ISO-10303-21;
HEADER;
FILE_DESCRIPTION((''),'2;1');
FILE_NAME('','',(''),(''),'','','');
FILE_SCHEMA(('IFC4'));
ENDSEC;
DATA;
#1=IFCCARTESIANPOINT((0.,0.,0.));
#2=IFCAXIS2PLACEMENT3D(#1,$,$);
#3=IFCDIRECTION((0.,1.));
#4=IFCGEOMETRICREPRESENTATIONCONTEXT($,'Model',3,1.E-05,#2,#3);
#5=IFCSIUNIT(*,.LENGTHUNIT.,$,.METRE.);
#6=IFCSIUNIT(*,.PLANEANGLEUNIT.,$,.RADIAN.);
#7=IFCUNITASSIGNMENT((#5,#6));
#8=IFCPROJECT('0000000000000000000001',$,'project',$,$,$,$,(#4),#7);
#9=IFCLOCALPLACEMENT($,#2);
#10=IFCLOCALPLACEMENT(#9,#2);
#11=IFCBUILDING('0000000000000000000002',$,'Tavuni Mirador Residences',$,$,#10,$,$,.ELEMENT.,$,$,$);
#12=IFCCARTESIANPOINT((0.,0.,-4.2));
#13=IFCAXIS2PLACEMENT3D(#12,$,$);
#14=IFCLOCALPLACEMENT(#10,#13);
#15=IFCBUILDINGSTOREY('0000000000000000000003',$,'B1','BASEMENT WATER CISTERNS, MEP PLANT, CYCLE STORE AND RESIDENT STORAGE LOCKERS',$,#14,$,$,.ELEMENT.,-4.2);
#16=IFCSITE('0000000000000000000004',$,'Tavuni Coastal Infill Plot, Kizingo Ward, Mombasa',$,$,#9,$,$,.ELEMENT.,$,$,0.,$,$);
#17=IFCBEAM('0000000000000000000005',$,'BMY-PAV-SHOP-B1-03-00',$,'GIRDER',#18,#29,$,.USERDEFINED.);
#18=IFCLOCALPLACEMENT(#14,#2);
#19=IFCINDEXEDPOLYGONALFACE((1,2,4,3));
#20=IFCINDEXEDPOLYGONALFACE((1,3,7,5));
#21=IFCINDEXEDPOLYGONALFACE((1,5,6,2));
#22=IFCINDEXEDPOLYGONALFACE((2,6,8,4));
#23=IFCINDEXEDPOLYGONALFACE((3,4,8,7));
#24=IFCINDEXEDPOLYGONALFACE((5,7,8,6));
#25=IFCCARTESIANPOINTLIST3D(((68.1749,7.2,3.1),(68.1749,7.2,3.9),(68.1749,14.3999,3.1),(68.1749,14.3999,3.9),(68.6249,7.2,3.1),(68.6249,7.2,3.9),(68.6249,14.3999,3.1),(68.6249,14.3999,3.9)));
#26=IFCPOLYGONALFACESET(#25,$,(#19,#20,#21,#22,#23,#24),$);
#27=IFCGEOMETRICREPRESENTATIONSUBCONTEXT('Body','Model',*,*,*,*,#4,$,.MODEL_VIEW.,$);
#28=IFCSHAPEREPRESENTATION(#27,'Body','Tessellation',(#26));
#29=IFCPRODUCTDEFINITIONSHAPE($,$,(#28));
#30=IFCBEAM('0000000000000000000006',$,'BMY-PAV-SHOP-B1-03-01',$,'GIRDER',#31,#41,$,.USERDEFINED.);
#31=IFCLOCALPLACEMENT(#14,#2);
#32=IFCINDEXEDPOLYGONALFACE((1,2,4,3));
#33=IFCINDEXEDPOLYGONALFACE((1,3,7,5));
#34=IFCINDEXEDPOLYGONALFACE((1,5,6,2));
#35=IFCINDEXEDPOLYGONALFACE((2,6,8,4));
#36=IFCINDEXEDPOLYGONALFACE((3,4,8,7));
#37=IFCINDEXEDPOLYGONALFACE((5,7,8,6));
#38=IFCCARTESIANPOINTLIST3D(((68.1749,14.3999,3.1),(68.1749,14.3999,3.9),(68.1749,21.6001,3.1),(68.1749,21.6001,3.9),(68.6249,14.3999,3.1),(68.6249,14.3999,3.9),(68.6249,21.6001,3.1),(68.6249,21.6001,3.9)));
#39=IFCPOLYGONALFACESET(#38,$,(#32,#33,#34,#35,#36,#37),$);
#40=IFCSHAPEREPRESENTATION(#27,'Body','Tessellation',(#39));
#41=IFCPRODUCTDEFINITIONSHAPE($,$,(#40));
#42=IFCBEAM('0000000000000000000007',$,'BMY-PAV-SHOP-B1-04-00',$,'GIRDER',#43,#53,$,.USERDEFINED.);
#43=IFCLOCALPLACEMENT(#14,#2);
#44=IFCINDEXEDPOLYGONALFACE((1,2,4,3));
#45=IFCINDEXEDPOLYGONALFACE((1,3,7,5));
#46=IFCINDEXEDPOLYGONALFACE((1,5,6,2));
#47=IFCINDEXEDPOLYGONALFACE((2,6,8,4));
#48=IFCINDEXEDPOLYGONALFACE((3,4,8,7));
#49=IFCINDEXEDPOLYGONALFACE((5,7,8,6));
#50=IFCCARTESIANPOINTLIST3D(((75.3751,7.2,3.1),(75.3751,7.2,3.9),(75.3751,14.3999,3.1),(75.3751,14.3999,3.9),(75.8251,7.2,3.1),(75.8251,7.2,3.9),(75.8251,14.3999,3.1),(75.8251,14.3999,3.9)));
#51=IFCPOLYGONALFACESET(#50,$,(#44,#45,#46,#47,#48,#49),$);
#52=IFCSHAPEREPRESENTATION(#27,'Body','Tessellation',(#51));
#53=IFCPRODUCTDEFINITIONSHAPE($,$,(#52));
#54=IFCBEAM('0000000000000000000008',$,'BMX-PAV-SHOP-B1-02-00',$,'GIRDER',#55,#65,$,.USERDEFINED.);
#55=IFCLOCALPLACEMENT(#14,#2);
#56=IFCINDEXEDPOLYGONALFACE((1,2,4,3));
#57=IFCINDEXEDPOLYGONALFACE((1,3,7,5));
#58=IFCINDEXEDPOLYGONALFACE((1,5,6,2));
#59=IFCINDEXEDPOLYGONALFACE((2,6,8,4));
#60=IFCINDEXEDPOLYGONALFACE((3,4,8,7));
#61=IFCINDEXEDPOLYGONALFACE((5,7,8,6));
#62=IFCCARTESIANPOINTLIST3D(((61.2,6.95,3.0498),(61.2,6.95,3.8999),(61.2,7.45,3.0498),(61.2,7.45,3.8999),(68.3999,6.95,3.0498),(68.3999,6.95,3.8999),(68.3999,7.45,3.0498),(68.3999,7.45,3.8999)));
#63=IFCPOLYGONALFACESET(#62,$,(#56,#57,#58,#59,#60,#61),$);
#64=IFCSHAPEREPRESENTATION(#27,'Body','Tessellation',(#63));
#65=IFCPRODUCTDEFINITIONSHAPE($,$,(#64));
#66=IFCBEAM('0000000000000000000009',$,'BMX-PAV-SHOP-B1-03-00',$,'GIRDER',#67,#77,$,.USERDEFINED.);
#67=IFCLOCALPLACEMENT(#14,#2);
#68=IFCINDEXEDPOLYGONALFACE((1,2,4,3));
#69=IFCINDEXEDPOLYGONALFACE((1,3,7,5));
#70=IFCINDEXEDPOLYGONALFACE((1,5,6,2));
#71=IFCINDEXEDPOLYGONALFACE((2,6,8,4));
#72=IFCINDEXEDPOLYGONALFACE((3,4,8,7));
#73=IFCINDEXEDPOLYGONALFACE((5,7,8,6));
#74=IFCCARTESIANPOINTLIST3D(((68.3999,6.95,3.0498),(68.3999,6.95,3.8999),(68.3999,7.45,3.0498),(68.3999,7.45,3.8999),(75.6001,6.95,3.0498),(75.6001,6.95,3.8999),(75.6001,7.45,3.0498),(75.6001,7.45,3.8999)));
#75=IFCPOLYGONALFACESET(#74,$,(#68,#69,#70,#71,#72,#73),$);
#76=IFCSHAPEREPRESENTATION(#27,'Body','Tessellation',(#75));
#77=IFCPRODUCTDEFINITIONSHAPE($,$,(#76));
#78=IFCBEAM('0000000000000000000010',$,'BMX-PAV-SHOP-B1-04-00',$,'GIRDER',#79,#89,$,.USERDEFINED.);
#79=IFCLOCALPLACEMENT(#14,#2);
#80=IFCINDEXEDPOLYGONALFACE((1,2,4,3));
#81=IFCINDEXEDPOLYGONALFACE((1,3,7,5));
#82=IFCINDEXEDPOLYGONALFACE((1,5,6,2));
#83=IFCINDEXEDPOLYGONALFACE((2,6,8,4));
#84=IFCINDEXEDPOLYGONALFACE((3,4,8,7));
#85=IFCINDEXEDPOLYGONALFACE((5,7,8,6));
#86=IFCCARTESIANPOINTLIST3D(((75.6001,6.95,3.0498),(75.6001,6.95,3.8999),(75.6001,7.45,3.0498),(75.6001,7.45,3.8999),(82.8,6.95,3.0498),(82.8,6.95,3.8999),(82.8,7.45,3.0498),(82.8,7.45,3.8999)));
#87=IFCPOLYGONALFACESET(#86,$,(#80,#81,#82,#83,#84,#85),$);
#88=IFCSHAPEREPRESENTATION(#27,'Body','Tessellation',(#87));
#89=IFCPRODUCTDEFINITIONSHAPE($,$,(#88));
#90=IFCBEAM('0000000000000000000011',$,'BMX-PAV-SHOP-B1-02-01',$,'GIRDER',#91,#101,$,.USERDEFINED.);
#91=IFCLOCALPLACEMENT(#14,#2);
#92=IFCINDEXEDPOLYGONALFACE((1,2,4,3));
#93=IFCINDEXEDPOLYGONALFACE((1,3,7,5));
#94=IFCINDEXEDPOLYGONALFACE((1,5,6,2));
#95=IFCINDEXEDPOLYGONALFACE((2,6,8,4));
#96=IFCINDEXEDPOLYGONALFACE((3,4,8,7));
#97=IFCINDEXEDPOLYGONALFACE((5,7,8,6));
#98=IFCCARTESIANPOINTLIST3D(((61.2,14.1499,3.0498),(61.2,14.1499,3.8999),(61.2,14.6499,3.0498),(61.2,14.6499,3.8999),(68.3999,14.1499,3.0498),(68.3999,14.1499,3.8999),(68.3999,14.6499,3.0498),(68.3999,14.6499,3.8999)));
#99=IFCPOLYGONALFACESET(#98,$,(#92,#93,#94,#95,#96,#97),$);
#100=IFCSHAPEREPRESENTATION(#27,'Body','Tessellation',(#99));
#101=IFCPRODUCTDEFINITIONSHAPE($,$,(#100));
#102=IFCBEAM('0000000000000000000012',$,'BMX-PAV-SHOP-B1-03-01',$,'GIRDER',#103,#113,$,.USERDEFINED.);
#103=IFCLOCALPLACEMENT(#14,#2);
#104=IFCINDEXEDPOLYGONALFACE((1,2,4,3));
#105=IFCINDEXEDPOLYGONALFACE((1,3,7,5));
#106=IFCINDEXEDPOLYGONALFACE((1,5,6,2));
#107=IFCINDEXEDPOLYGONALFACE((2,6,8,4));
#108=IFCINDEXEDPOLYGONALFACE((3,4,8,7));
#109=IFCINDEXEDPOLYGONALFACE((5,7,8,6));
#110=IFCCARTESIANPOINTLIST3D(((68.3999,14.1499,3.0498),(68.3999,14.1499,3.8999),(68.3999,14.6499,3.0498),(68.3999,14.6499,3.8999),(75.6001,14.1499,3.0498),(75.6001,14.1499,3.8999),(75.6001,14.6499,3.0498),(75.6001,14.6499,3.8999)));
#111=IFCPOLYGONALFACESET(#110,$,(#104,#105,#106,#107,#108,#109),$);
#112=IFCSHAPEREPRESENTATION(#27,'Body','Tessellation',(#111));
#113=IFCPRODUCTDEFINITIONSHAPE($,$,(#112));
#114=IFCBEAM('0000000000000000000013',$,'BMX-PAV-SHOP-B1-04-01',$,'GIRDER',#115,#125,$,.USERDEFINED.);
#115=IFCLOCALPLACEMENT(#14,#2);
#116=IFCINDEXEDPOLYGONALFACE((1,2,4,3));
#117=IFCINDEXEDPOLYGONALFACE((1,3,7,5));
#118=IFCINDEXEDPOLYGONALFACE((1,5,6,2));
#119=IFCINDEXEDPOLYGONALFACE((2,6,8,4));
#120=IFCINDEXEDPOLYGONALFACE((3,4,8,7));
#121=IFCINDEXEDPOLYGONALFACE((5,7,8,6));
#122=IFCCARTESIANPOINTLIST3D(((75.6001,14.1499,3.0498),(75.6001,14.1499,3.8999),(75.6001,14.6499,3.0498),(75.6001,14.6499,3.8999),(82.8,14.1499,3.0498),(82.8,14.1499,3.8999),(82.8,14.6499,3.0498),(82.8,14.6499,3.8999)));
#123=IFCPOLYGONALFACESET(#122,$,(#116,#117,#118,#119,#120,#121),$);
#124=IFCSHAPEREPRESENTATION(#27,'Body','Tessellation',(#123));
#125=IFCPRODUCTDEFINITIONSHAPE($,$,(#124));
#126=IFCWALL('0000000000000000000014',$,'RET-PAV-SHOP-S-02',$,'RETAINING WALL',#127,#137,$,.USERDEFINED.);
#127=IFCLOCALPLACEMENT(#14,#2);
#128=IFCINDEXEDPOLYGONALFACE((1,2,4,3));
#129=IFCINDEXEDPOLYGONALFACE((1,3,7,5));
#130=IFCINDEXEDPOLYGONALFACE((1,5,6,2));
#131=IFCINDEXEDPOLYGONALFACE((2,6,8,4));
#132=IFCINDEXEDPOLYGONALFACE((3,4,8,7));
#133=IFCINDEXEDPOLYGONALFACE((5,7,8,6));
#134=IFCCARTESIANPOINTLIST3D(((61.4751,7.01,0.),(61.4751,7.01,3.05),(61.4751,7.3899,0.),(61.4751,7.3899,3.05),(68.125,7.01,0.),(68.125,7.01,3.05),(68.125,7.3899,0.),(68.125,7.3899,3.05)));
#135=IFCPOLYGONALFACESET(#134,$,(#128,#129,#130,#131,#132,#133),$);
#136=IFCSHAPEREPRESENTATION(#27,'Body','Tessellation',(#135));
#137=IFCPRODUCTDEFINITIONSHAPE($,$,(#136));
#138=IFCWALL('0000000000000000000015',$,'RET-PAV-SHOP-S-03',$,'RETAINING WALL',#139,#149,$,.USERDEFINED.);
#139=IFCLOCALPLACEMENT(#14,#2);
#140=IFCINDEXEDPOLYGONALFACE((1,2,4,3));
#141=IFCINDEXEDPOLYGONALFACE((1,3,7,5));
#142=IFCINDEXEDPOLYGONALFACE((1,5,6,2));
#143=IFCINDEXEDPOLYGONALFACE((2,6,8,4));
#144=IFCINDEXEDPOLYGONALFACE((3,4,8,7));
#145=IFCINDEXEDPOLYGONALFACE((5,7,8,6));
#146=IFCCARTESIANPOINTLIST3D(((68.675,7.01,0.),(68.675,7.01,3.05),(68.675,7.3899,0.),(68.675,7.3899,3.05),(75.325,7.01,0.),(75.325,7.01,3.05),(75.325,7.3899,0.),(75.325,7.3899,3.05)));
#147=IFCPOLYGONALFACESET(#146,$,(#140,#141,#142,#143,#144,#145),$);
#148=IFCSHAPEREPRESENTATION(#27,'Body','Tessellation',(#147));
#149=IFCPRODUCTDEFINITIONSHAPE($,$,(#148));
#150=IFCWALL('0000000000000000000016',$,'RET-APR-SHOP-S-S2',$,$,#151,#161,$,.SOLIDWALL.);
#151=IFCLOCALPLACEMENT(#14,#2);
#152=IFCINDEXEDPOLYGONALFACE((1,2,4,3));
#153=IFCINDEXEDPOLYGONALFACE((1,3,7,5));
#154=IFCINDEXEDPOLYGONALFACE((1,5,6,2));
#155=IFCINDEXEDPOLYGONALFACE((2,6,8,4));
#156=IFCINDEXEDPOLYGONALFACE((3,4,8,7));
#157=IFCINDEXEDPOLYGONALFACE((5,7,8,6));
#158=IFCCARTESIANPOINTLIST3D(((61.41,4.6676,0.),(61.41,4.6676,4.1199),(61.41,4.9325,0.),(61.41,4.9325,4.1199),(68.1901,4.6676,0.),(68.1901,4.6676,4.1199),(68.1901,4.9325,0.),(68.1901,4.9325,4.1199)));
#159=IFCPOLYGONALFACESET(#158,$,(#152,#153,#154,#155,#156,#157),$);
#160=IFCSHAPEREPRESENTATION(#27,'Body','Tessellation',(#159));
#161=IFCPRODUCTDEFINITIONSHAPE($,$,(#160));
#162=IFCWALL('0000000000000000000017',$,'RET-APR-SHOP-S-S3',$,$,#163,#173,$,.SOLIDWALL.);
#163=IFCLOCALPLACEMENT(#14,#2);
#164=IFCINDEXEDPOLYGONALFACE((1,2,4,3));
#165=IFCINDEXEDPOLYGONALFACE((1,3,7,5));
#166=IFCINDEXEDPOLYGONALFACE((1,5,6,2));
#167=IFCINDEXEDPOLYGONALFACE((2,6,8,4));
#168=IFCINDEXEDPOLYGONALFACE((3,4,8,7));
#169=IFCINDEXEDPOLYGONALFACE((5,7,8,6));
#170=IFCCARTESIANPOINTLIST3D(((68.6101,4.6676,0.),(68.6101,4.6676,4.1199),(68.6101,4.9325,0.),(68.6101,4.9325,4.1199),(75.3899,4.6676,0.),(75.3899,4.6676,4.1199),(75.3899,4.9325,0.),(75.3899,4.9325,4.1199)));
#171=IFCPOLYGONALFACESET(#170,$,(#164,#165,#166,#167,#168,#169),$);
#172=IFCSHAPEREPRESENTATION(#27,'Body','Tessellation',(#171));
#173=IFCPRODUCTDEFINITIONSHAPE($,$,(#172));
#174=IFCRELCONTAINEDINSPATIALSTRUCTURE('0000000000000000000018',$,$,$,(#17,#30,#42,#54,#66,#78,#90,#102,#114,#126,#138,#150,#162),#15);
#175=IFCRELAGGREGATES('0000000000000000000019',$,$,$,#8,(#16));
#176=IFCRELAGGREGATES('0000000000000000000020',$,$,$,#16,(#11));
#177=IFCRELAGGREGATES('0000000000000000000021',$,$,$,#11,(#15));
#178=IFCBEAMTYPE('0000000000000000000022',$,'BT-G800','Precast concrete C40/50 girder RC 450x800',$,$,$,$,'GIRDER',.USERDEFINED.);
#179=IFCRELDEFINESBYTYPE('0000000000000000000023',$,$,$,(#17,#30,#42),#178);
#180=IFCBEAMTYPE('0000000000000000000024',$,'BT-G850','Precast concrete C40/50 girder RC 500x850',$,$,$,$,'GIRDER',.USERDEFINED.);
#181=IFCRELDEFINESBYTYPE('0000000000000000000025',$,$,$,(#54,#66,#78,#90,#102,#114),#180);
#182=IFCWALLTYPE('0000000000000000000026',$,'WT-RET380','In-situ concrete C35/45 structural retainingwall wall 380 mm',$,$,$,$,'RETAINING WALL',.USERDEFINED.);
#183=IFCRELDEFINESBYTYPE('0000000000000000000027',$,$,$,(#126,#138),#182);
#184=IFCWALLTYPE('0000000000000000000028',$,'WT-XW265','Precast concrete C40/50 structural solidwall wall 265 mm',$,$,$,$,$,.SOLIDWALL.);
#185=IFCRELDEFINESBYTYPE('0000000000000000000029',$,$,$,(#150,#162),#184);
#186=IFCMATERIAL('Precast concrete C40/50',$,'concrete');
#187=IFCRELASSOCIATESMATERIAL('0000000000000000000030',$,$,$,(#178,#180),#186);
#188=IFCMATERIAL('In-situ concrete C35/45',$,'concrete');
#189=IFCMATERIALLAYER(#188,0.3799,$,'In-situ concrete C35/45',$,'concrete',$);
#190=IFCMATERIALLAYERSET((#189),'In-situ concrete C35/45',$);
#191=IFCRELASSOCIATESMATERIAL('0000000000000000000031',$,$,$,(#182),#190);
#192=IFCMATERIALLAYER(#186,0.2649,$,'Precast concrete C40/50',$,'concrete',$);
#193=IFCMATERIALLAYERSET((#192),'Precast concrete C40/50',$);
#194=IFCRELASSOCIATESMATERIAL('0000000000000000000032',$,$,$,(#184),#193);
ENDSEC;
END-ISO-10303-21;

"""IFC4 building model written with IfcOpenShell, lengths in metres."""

from ifc_helpers import new_model, si_unit, direction, frame, frame_2d, origin, origin_2d, place, context, subcontext, project, spatial, rectangle, extrude, material, layer, layer_set, material_profile, profile_set, type_object, element, save


model = new_model("IFC4")

# Units and contexts
model_context = context("Model", 3, precision=1e-05, world=origin(), true_north=direction((0.0, 1.0)))
body_context = subcontext(model_context, "Body", "Model", "MODEL_VIEW")
ifc_project = project(units=[si_unit("LENGTHUNIT", "METRE"), si_unit("PLANEANGLEUNIT", "RADIAN")], contexts=[model_context])

# Site, building, storey
site_placement = place(None, origin())
site = spatial("IfcSite", under=ifc_project, at=site_placement, Name="Tavuni Coastal Infill Plot, Kizingo Ward, Mombasa", CompositionType="ELEMENT", RefElevation=0.0)
building_placement = place(site_placement, origin())
building = spatial("IfcBuilding", under=site, at=building_placement, Name="Tavuni Mirador Residences", CompositionType="ELEMENT")
storey_placement = place(building_placement, frame((0.0, 0.0, -4.2)))
storey = spatial("IfcBuildingStorey", under=building, at=storey_placement, Name="B1", Description="BASEMENT WATER CISTERNS, MEP PLANT, CYCLE STORE AND RESIDENT STORAGE LOCKERS", CompositionType="ELEMENT", Elevation=-4.2)

# Shared definitions
ifc_material_1 = material(Name="In-situ concrete C35/45", Category="concrete")

# Shared definitions
ifc_material_2 = material(Name="Precast concrete C40/50", Category="concrete")

# Beams
ifc_material_profile_1 = material_profile(ifc_material_2, rectangle(XDim=0.45, YDim=0.8, at=origin_2d()), Name="RC 450x800", Category="concrete")
ifc_profile_set_1 = profile_set([ifc_material_profile_1], Name="Precast concrete C40/50")
beam_type_1 = type_object("IfcBeamType", Name="BT-G800", Description="Precast concrete C40/50 girder RC 450x800", ElementType="GIRDER", PredefinedType="USERDEFINED", material=ifc_profile_set_1)
beam_1_placement = place(storey_placement, frame((68.3999, 7.2, 3.5), z_axis=(0.0, 1.0, 0.0), x_axis=(-1.0, 0.0, 0.0)))
element("IfcBeam", 1, at=beam_1_placement, inside=storey, type_object=beam_type_1, Name="BMY-PAV-SHOP-B1-03-00", ObjectType="GIRDER", PredefinedType="USERDEFINED", context=body_context, shape_type="SweptSolid", body=[
    extrude(rectangle(XDim=0.45, YDim=0.8, at=origin_2d()), origin(), (0.0, 0.0, 1.0), 7.2),
])
beam_2_placement = place(storey_placement, frame((68.3999, 14.3999, 3.5), z_axis=(0.0, 1.0, 0.0), x_axis=(-1.0, 0.0, 0.0)))
element("IfcBeam", 2, at=beam_2_placement, inside=storey, type_object=beam_type_1, Name="BMY-PAV-SHOP-B1-03-01", ObjectType="GIRDER", PredefinedType="USERDEFINED", context=body_context, shape_type="SweptSolid", body=[
    extrude(rectangle(XDim=0.45, YDim=0.8, at=origin_2d()), origin(), (0.0, 0.0, 1.0), 7.2002),
])
beam_3_placement = place(storey_placement, frame((75.6001, 7.2, 3.5), z_axis=(0.0, 1.0, 0.0), x_axis=(-1.0, 0.0, 0.0)))
element("IfcBeam", 3, at=beam_3_placement, inside=storey, type_object=beam_type_1, Name="BMY-PAV-SHOP-B1-04-00", ObjectType="GIRDER", PredefinedType="USERDEFINED", context=body_context, shape_type="SweptSolid", body=[
    extrude(rectangle(XDim=0.45, YDim=0.8, at=origin_2d()), origin(), (0.0, 0.0, 1.0), 7.2),
])
ifc_material_profile_2 = material_profile(ifc_material_2, rectangle(XDim=0.5, YDim=0.8501, at=origin_2d()), Name="RC 500x850", Category="concrete")
ifc_profile_set_2 = profile_set([ifc_material_profile_2], Name="Precast concrete C40/50")
beam_type_2 = type_object("IfcBeamType", Name="BT-G850", Description="Precast concrete C40/50 girder RC 500x850", ElementType="GIRDER", PredefinedType="USERDEFINED", material=ifc_profile_set_2)
beam_4_placement = place(storey_placement, frame((61.2, 7.2, 3.4749), z_axis=(1.0, 0.0, 0.0), x_axis=(0.0, 1.0, 0.0)))
element("IfcBeam", 4, at=beam_4_placement, inside=storey, type_object=beam_type_2, Name="BMX-PAV-SHOP-B1-02-00", ObjectType="GIRDER", PredefinedType="USERDEFINED", context=body_context, shape_type="SweptSolid", body=[
    extrude(rectangle(XDim=0.5, YDim=0.8501, at=origin_2d()), origin(), (0.0, 0.0, 1.0), 7.2),
])
beam_5_placement = place(storey_placement, frame((68.3999, 7.2, 3.4749), z_axis=(1.0, 0.0, 0.0), x_axis=(0.0, 1.0, 0.0)))
element("IfcBeam", 5, at=beam_5_placement, inside=storey, type_object=beam_type_2, Name="BMX-PAV-SHOP-B1-03-00", ObjectType="GIRDER", PredefinedType="USERDEFINED", context=body_context, shape_type="SweptSolid", body=[
    extrude(rectangle(XDim=0.5, YDim=0.8501, at=origin_2d()), origin(), (0.0, 0.0, 1.0), 7.2002),
])
for number, where, z_axis, x_axis, name in (
    (6, (75.6001, 7.2, 3.4749), (1.0, 0.0, 0.0), (0.0, 1.0, 0.0), "BMX-PAV-SHOP-B1-04-00"),
    (7, (61.2, 14.3999, 3.4749), (1.0, 0.0, 0.0), (0.0, 1.0, 0.0), "BMX-PAV-SHOP-B1-02-01"),
):
    element("IfcBeam", number, at=place(storey_placement, frame(where, z_axis=z_axis, x_axis=x_axis)), inside=storey, type_object=beam_type_2, Name=name, ObjectType="GIRDER", PredefinedType="USERDEFINED", context=body_context, shape_type="SweptSolid", body=[
        extrude(rectangle(XDim=0.5, YDim=0.8501, at=origin_2d()), origin(), (0.0, 0.0, 1.0), 7.2),
    ])
beam_6_placement = place(storey_placement, frame((68.3999, 14.3999, 3.4749), z_axis=(1.0, 0.0, 0.0), x_axis=(0.0, 1.0, 0.0)))
element("IfcBeam", 8, at=beam_6_placement, inside=storey, type_object=beam_type_2, Name="BMX-PAV-SHOP-B1-03-01", ObjectType="GIRDER", PredefinedType="USERDEFINED", context=body_context, shape_type="SweptSolid", body=[
    extrude(rectangle(XDim=0.5, YDim=0.8501, at=origin_2d()), origin(), (0.0, 0.0, 1.0), 7.2002),
])
beam_7_placement = place(storey_placement, frame((75.6001, 14.3999, 3.4749), z_axis=(1.0, 0.0, 0.0), x_axis=(0.0, 1.0, 0.0)))
element("IfcBeam", 9, at=beam_7_placement, inside=storey, type_object=beam_type_2, Name="BMX-PAV-SHOP-B1-04-01", ObjectType="GIRDER", PredefinedType="USERDEFINED", context=body_context, shape_type="SweptSolid", body=[
    extrude(rectangle(XDim=0.5, YDim=0.8501, at=origin_2d()), origin(), (0.0, 0.0, 1.0), 7.2),
])

# Walls
ifc_layer_1 = layer(ifc_material_1, 0.3799, Name="In-situ concrete C35/45", Category="concrete")
ifc_layer_set_1 = layer_set([ifc_layer_1], Name="In-situ concrete C35/45")
wall_type_1 = type_object("IfcWallType", Name="WT-RET380", Description="In-situ concrete C35/45 structural retainingwall wall 380 mm", ElementType="RETAINING WALL", PredefinedType="USERDEFINED", material=ifc_layer_set_1)
for number, where, z_axis, x_axis, name in (
    (10, (61.4751, 7.2, 0.0), (0.0, 0.0, 1.0), (1.0, 0.0, 0.0), "RET-PAV-SHOP-S-02"),
    (11, (68.675, 7.2, 0.0), (0.0, 0.0, 1.0), (1.0, 0.0, 0.0), "RET-PAV-SHOP-S-03"),
):
    element("IfcWall", number, at=place(storey_placement, frame(where, z_axis=z_axis, x_axis=x_axis)), inside=storey, type_object=wall_type_1, Name=name, ObjectType="RETAINING WALL", PredefinedType="USERDEFINED", context=body_context, shape_type="SweptSolid", body=[
        extrude(rectangle(XDim=6.6499, YDim=0.3799, at=frame_2d((3.325, 0.0))), origin(), (0.0, 0.0, 1.0), 3.05),
    ])
ifc_layer_2 = layer(ifc_material_2, 0.2649, Name="Precast concrete C40/50", Category="concrete")
ifc_layer_set_2 = layer_set([ifc_layer_2], Name="Precast concrete C40/50")
wall_type_2 = type_object("IfcWallType", Name="WT-XW265", Description="Precast concrete C40/50 structural solidwall wall 265 mm", PredefinedType="SOLIDWALL", material=ifc_layer_set_2)
wall_1_placement = place(storey_placement, frame((61.4099, 4.8, 0.0), z_axis=(0.0, 0.0, 1.0), x_axis=(1.0, 0.0, 0.0)))
element("IfcWall", 12, at=wall_1_placement, inside=storey, type_object=wall_type_2, Name="RET-APR-SHOP-S-S2", PredefinedType="SOLIDWALL", context=body_context, shape_type="SweptSolid", body=[
    extrude(rectangle(XDim=6.78, YDim=0.2649, at=frame_2d((3.3901, 0.0))), origin(), (0.0, 0.0, 1.0), 4.1199),
])
wall_2_placement = place(storey_placement, frame((68.6101, 4.8, 0.0), z_axis=(0.0, 0.0, 1.0), x_axis=(1.0, 0.0, 0.0)))
element("IfcWall", 13, at=wall_2_placement, inside=storey, type_object=wall_type_2, Name="RET-APR-SHOP-S-S3", PredefinedType="SOLIDWALL", context=body_context, shape_type="SweptSolid", body=[
    extrude(rectangle(XDim=6.7798, YDim=0.2649, at=frame_2d((3.3899, 0.0))), origin(), (0.0, 0.0, 1.0), 4.1199),
])

save(model, "model.ifc")
